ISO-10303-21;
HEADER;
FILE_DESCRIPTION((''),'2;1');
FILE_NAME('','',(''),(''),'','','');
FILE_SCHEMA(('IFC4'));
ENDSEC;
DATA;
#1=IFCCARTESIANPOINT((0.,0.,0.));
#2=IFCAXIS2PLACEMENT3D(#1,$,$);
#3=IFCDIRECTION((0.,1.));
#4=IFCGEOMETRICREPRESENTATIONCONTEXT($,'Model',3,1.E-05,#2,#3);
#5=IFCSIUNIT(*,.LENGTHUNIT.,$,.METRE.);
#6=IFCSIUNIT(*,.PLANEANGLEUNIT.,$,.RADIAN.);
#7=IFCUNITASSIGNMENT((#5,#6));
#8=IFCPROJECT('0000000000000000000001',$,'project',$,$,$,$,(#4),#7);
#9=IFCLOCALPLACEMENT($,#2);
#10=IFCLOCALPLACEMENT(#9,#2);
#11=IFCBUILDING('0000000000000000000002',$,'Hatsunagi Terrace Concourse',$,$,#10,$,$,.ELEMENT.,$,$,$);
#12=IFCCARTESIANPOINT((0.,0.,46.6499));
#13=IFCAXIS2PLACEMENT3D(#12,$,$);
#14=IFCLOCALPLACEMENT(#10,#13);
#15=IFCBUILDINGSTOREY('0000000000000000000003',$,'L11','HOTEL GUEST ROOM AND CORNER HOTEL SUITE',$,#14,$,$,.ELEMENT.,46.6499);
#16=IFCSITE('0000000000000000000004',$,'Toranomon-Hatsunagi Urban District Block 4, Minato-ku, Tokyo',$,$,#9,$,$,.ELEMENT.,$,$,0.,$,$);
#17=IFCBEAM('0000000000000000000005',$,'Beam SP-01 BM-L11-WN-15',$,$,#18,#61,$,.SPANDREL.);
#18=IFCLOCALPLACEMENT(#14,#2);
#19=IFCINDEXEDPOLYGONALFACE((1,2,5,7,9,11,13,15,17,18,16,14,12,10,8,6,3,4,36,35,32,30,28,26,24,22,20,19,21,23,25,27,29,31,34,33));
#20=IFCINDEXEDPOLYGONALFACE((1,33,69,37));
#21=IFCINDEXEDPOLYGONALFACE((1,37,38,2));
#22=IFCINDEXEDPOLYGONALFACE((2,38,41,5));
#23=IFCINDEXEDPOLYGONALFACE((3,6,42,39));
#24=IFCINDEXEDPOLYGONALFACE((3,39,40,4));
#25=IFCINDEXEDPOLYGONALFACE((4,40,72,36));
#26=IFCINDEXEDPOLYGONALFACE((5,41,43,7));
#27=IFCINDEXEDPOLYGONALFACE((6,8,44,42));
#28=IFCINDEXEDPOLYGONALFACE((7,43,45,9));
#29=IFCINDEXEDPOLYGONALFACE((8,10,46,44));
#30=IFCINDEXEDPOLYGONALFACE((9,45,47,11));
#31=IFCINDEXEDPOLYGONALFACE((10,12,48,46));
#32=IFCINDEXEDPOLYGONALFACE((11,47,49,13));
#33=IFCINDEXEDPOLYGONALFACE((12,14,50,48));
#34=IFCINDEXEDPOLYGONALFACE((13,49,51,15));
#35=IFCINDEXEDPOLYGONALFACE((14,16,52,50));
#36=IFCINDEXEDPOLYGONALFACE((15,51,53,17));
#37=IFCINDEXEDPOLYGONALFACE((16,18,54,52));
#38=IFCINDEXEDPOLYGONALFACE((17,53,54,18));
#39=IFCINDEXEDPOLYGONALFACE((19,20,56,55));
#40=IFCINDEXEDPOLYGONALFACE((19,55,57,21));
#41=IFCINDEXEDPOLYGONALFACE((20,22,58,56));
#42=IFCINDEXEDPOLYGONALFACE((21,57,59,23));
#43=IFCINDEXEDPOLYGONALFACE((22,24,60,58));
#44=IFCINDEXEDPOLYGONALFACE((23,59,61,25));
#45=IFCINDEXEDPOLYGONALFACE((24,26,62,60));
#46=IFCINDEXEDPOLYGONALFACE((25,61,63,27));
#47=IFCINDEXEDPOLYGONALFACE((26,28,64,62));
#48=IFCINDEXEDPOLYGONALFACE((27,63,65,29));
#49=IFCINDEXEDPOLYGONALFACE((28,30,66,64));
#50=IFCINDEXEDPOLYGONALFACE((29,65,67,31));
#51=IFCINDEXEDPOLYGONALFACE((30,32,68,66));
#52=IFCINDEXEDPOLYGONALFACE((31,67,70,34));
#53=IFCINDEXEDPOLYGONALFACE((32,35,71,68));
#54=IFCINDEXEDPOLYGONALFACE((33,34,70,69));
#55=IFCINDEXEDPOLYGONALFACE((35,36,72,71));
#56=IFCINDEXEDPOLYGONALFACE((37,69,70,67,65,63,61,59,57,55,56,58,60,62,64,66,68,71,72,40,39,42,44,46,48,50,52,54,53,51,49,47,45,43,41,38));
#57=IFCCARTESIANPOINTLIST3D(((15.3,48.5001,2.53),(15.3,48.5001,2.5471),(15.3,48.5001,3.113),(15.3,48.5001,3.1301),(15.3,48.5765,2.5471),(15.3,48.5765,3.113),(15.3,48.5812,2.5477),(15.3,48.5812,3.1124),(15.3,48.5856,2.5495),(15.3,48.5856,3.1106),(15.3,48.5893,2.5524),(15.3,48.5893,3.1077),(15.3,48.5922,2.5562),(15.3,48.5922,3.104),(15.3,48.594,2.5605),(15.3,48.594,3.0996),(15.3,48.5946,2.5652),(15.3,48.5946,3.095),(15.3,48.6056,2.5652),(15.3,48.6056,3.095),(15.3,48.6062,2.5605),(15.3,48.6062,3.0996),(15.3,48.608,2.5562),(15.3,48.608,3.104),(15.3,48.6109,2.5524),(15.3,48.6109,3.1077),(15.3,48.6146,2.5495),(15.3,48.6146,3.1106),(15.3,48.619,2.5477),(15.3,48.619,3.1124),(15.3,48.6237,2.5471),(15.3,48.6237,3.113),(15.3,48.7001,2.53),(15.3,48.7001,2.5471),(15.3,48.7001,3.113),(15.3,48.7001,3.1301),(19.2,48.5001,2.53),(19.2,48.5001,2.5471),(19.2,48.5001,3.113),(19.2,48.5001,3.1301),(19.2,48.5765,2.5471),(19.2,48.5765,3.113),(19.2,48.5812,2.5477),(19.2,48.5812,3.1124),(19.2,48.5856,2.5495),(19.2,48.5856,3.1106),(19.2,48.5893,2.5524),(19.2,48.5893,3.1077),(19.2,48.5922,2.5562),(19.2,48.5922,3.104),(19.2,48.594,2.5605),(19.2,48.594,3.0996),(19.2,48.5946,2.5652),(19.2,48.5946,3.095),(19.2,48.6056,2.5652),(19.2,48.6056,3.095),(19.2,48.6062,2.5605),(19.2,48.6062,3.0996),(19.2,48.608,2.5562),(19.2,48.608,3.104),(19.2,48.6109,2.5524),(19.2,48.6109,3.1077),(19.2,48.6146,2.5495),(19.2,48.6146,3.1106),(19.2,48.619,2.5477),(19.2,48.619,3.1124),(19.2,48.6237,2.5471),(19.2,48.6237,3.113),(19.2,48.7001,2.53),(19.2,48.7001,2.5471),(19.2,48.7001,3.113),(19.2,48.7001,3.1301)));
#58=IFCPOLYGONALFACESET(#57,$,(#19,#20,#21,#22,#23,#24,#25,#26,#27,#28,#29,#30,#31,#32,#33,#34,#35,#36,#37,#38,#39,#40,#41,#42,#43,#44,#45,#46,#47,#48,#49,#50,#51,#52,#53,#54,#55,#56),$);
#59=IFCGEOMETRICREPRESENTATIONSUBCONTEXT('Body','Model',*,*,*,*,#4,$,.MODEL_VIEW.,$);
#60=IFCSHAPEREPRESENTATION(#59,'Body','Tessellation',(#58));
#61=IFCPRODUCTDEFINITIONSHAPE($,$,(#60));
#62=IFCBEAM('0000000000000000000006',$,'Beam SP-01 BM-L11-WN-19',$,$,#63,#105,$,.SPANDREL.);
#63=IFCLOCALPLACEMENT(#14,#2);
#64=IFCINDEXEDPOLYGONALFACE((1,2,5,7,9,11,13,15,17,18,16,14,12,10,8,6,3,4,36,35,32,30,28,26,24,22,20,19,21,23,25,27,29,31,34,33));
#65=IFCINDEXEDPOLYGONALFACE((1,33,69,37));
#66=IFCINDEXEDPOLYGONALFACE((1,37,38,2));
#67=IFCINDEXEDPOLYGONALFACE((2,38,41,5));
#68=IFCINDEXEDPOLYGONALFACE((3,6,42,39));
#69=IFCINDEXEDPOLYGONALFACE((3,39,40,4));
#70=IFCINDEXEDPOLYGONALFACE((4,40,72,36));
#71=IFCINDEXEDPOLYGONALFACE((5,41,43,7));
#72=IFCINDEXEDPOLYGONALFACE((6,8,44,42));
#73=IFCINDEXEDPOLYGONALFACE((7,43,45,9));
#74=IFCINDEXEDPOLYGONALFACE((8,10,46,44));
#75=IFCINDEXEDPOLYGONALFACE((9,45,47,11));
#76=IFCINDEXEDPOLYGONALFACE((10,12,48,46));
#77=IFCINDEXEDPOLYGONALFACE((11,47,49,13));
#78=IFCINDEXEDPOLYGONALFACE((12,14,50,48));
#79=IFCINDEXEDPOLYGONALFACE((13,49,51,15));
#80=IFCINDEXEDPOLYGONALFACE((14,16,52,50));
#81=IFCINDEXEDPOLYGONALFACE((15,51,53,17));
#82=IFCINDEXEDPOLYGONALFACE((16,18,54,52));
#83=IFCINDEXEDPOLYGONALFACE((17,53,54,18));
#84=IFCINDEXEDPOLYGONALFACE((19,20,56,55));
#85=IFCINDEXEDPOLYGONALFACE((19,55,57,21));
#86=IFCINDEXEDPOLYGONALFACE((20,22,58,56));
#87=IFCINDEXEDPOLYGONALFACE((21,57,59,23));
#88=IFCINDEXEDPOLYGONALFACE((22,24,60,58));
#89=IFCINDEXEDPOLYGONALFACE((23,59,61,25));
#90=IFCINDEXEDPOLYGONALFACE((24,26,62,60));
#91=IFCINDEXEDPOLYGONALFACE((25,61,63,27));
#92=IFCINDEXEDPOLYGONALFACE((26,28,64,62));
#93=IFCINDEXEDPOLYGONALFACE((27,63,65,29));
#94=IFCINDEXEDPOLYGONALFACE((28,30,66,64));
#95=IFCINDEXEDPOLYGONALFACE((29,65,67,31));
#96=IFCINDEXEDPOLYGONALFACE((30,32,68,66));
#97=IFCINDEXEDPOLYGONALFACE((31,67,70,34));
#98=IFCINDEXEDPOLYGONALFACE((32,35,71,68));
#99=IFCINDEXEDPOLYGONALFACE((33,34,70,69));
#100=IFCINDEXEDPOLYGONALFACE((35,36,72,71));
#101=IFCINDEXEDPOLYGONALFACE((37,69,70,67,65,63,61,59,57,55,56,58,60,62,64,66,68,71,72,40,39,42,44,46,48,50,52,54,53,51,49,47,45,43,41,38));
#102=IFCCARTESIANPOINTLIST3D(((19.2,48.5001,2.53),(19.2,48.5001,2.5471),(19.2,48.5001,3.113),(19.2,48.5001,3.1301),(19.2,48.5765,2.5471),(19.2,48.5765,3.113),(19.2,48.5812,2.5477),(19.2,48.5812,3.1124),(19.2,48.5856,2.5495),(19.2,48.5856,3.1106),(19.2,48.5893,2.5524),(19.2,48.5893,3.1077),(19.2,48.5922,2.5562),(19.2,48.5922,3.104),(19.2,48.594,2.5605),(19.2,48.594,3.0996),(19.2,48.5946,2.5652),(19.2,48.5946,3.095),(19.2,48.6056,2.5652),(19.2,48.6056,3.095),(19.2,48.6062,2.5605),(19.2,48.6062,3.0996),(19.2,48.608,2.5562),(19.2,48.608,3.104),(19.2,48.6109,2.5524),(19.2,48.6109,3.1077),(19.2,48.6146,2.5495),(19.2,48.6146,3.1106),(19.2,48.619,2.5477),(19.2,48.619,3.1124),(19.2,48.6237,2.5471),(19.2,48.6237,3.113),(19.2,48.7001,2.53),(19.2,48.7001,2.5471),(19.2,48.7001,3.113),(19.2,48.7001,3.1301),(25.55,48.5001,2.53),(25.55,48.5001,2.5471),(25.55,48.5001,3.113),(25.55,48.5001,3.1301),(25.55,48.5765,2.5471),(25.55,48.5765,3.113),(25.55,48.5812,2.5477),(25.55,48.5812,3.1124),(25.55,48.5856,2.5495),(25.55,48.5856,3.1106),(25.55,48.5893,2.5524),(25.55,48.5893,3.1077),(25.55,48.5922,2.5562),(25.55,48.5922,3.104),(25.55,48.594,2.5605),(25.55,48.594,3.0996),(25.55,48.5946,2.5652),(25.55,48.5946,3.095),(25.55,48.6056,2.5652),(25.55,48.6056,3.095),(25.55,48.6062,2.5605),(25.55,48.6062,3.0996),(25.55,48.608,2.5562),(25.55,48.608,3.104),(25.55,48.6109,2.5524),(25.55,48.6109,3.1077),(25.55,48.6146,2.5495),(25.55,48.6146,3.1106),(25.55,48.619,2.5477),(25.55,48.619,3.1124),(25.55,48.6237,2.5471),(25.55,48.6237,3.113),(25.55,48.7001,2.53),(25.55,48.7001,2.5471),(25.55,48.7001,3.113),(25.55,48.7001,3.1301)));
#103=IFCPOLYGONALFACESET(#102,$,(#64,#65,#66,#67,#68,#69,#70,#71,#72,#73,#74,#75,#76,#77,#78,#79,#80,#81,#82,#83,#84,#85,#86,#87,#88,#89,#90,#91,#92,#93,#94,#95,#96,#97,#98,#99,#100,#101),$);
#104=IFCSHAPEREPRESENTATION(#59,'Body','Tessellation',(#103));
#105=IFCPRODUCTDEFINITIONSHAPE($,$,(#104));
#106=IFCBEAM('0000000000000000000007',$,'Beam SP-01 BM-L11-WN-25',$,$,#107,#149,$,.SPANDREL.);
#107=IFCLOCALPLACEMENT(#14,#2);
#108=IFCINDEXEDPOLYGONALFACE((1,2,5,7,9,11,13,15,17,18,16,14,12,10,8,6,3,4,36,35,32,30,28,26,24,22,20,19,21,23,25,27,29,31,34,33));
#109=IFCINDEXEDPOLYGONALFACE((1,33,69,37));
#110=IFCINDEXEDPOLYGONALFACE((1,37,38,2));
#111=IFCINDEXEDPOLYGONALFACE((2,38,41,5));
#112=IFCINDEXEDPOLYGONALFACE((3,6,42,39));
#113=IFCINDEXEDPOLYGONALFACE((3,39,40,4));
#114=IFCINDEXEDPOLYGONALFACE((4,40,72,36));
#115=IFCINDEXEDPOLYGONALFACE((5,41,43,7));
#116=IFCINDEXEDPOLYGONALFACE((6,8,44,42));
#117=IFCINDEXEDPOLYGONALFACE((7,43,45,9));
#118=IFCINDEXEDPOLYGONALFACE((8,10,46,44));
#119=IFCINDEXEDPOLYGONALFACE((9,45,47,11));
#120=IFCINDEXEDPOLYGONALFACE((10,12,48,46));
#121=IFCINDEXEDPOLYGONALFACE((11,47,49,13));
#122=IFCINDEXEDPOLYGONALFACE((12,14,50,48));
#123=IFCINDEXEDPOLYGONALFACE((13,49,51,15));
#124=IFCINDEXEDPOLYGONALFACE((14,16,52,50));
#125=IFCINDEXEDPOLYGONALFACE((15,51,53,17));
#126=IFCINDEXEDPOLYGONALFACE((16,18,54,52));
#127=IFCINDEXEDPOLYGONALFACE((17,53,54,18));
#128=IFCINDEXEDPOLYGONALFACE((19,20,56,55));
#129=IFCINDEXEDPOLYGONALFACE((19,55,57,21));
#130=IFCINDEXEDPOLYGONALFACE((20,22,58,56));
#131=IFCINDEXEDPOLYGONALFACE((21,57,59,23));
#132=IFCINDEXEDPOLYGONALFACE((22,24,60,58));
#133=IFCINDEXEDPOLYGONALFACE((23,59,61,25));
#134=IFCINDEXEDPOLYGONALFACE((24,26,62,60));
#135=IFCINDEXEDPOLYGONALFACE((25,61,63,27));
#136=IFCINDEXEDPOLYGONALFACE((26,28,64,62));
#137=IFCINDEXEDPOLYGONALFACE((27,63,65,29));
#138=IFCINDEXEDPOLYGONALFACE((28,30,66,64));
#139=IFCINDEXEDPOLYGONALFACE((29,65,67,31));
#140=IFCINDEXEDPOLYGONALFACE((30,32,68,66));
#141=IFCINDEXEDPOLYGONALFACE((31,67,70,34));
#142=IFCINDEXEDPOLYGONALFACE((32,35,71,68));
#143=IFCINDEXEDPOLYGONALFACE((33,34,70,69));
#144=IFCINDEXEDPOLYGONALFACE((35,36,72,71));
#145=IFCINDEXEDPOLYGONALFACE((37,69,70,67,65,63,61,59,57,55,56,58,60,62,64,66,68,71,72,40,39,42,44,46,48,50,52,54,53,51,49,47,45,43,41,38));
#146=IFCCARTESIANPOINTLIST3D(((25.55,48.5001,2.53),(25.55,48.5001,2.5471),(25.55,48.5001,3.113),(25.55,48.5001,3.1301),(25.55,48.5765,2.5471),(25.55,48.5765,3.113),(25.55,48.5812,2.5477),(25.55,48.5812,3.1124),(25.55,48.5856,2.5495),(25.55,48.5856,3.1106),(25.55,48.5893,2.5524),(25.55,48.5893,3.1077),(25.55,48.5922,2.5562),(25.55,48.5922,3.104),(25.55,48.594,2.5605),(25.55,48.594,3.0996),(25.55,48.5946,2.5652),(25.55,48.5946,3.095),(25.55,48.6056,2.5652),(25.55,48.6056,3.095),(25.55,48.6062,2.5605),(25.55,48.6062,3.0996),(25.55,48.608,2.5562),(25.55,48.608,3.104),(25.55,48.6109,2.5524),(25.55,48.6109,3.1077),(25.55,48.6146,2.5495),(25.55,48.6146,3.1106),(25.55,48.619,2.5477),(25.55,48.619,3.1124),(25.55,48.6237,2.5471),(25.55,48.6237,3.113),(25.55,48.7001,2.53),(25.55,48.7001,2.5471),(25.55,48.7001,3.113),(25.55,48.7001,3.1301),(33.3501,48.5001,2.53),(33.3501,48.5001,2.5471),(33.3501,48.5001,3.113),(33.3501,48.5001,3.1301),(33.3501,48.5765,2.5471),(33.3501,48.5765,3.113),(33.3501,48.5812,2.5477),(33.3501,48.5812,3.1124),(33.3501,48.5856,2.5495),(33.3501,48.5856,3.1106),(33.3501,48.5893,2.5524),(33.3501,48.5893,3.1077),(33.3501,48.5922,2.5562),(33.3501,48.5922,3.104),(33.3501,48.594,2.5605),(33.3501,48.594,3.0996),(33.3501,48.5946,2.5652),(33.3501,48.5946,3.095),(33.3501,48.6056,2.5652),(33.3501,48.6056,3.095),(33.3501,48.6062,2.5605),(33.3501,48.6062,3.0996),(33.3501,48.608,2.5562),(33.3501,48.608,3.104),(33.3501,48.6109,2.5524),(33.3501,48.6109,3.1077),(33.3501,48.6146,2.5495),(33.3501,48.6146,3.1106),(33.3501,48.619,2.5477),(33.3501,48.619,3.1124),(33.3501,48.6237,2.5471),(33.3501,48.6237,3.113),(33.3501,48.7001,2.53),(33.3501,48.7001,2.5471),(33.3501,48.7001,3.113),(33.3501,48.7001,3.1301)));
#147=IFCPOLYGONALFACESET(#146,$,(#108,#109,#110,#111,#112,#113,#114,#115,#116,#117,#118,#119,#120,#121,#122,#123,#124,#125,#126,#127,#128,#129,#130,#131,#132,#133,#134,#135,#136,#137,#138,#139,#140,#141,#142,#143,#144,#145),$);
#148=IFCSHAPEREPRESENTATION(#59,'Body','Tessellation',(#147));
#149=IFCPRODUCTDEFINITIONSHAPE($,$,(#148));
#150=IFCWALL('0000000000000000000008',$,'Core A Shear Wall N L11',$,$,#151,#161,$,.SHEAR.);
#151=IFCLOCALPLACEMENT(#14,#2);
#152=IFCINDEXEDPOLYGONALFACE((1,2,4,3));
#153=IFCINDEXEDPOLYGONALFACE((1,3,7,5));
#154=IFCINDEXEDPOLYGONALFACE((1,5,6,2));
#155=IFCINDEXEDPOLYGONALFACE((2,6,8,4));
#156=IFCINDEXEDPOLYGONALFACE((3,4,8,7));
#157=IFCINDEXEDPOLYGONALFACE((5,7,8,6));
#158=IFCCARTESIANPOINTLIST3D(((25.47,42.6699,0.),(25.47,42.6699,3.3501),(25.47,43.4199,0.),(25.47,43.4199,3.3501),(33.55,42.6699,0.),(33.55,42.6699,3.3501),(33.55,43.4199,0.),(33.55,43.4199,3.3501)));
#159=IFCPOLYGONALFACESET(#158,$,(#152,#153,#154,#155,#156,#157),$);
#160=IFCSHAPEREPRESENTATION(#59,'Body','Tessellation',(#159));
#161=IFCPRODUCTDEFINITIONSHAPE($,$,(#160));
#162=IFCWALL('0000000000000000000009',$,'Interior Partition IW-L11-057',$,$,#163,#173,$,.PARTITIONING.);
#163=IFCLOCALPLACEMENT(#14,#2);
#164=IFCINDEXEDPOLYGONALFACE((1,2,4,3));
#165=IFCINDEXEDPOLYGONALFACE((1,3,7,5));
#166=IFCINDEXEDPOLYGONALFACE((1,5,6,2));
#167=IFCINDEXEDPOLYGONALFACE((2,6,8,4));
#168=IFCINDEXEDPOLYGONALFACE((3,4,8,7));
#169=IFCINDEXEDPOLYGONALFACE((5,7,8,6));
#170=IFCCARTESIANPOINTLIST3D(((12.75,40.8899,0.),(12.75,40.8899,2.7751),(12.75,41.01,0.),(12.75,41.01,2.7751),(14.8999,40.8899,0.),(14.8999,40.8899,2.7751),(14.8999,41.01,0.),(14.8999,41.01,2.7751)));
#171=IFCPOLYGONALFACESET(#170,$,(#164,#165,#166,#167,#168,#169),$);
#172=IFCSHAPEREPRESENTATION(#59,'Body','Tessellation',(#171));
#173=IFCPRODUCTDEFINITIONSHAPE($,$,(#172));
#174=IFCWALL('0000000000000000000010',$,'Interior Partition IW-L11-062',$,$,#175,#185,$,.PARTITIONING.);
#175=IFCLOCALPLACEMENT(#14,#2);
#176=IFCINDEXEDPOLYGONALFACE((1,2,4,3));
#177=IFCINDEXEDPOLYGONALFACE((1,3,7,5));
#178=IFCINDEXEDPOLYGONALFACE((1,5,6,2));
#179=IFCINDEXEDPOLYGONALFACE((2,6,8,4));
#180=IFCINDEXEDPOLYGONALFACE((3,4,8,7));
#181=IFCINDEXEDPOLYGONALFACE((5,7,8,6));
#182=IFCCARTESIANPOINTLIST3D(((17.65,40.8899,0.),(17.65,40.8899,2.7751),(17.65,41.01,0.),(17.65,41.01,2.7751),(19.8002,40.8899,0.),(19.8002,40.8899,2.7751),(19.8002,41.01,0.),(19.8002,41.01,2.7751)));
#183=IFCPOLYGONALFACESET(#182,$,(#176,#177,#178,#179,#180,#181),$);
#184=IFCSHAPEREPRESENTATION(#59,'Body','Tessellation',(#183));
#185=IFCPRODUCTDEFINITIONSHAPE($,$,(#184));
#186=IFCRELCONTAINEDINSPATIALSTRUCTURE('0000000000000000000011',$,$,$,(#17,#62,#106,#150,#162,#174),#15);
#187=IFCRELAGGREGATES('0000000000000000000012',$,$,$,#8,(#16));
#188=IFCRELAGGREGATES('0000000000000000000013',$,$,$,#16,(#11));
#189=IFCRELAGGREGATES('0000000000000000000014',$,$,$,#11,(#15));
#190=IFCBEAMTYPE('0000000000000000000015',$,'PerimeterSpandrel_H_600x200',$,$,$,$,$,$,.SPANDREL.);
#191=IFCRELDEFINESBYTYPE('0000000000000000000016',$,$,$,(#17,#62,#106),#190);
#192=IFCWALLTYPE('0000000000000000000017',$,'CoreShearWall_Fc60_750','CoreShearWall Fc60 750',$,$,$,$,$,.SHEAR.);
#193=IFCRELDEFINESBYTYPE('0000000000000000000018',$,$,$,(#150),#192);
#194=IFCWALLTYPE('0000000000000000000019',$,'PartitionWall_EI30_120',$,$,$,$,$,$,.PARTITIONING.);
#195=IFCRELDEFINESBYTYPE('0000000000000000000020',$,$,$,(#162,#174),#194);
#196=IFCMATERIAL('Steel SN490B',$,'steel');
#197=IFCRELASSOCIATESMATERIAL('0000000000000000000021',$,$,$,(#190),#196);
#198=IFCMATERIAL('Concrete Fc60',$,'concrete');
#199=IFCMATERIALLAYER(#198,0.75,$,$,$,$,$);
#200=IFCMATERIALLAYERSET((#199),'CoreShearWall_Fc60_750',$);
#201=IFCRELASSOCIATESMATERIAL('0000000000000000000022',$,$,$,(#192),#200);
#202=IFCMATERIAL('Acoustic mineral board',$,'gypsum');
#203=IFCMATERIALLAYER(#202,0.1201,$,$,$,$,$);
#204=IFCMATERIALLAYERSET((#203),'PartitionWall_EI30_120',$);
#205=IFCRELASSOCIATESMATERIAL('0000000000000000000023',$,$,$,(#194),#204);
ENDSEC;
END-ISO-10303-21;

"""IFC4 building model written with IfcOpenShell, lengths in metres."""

from ifc_helpers import new_model, si_unit, direction, frame, frame_2d, origin, origin_2d, place, context, subcontext, project, spatial, rectangle, i_section, extrude, material, layer, layer_set, material_profile, profile_set, type_object, element, save


model = new_model("IFC4")

# Units and contexts
model_context = context("Model", 3, precision=1e-05, world=origin(), true_north=direction((0.0, 1.0)))
body_context = subcontext(model_context, "Body", "Model", "MODEL_VIEW")
ifc_project = project(units=[si_unit("LENGTHUNIT", "METRE"), si_unit("PLANEANGLEUNIT", "RADIAN")], contexts=[model_context])

# Site, building, storey
site_placement = place(None, origin())
site = spatial("IfcSite", under=ifc_project, at=site_placement, Name="Toranomon-Hatsunagi Urban District Block 4, Minato-ku, Tokyo", CompositionType="ELEMENT", RefElevation=0.0)
building_placement = place(site_placement, origin())
building = spatial("IfcBuilding", under=site, at=building_placement, Name="Hatsunagi Terrace Concourse", CompositionType="ELEMENT")
storey_placement = place(building_placement, frame((0.0, 0.0, 46.6499)))
storey = spatial("IfcBuildingStorey", under=building, at=storey_placement, Name="L11", Description="HOTEL GUEST ROOM AND CORNER HOTEL SUITE", CompositionType="ELEMENT", Elevation=46.6499)

# Beams
ifc_material_1 = material(Name="Steel SN490B", Category="steel")
ifc_material_profile_1 = material_profile(ifc_material_1, i_section(OverallWidth=0.2, OverallDepth=0.6001, WebThickness=0.011, FlangeThickness=0.0171, FilletRadius=0.0181, at=origin_2d()), Name="H-600x200x11x17")
ifc_profile_set_1 = profile_set([ifc_material_profile_1], Name="Steel SN490B")
beam_type_1 = type_object("IfcBeamType", Name="PerimeterSpandrel_H_600x200", PredefinedType="SPANDREL", material=ifc_profile_set_1)
beam_1_placement = place(storey_placement, frame((15.3, 48.6001, 2.8301), z_axis=(1.0, 0.0, 0.0), x_axis=(0.0, 1.0, 0.0)))
element("IfcBeam", 1, at=beam_1_placement, inside=storey, type_object=beam_type_1, Name="Beam SP-01 BM-L11-WN-15", PredefinedType="SPANDREL", context=body_context, shape_type="SweptSolid", body=[
    extrude(i_section(OverallWidth=0.2, OverallDepth=0.6001, WebThickness=0.011, FlangeThickness=0.0171, FilletRadius=0.0181, at=origin_2d()), origin(), (0.0, 0.0, 1.0), 3.8999),
])
beam_2_placement = place(storey_placement, frame((19.2, 48.6001, 2.8301), z_axis=(1.0, 0.0, 0.0), x_axis=(0.0, 1.0, 0.0)))
element("IfcBeam", 2, at=beam_2_placement, inside=storey, type_object=beam_type_1, Name="Beam SP-01 BM-L11-WN-19", PredefinedType="SPANDREL", context=body_context, shape_type="SweptSolid", body=[
    extrude(i_section(OverallWidth=0.2, OverallDepth=0.6001, WebThickness=0.011, FlangeThickness=0.0171, FilletRadius=0.0181, at=origin_2d()), origin(), (0.0, 0.0, 1.0), 6.3501),
])
beam_3_placement = place(storey_placement, frame((25.55, 48.6001, 2.8301), z_axis=(1.0, 0.0, 0.0), x_axis=(0.0, 1.0, 0.0)))
element("IfcBeam", 3, at=beam_3_placement, inside=storey, type_object=beam_type_1, Name="Beam SP-01 BM-L11-WN-25", PredefinedType="SPANDREL", context=body_context, shape_type="SweptSolid", body=[
    extrude(i_section(OverallWidth=0.2, OverallDepth=0.6001, WebThickness=0.011, FlangeThickness=0.0171, FilletRadius=0.0181, at=origin_2d()), origin(), (0.0, 0.0, 1.0), 7.8),
])

# Walls
ifc_material_2 = material(Name="Concrete Fc60", Category="concrete")
ifc_layer_1 = layer(ifc_material_2, 0.75)
ifc_layer_set_1 = layer_set([ifc_layer_1], Name="CoreShearWall_Fc60_750")
wall_type_1 = type_object("IfcWallType", Name="CoreShearWall_Fc60_750", Description="CoreShearWall Fc60 750", PredefinedType="SHEAR", material=ifc_layer_set_1)
wall_1_placement = place(storey_placement, frame((25.47, 43.0449, 0.0), z_axis=(0.0, 0.0, 1.0), x_axis=(1.0, 0.0, 0.0)))
element("IfcWall", 4, at=wall_1_placement, inside=storey, type_object=wall_type_1, Name="Core A Shear Wall N L11", PredefinedType="SHEAR", context=body_context, shape_type="SweptSolid", body=[
    extrude(rectangle(XDim=8.0801, YDim=0.75, at=frame_2d((4.04, 0.0))), origin(), (0.0, 0.0, 1.0), 3.3501),
])
ifc_material_3 = material(Name="Acoustic mineral board", Category="gypsum")
ifc_layer_2 = layer(ifc_material_3, 0.1201)
ifc_layer_set_2 = layer_set([ifc_layer_2], Name="PartitionWall_EI30_120")
wall_type_2 = type_object("IfcWallType", Name="PartitionWall_EI30_120", PredefinedType="PARTITIONING", material=ifc_layer_set_2)
wall_2_placement = place(storey_placement, frame((12.75, 40.95, 0.0), z_axis=(0.0, 0.0, 1.0), x_axis=(1.0, 0.0, 0.0)))
element("IfcWall", 5, at=wall_2_placement, inside=storey, type_object=wall_type_2, Name="Interior Partition IW-L11-057", PredefinedType="PARTITIONING", context=body_context, shape_type="SweptSolid", body=[
    extrude(rectangle(XDim=2.1499, YDim=0.1201, at=frame_2d((1.075, 0.0))), origin(), (0.0, 0.0, 1.0), 2.7751),
])
wall_3_placement = place(storey_placement, frame((17.6499, 40.95, 0.0), z_axis=(0.0, 0.0, 1.0), x_axis=(1.0, 0.0, 0.0)))
element("IfcWall", 6, at=wall_3_placement, inside=storey, type_object=wall_type_2, Name="Interior Partition IW-L11-062", PredefinedType="PARTITIONING", context=body_context, shape_type="SweptSolid", body=[
    extrude(rectangle(XDim=2.1501, YDim=0.1201, at=frame_2d((1.0752, 0.0))), origin(), (0.0, 0.0, 1.0), 2.7751),
])

save(model, "model.ifc")
